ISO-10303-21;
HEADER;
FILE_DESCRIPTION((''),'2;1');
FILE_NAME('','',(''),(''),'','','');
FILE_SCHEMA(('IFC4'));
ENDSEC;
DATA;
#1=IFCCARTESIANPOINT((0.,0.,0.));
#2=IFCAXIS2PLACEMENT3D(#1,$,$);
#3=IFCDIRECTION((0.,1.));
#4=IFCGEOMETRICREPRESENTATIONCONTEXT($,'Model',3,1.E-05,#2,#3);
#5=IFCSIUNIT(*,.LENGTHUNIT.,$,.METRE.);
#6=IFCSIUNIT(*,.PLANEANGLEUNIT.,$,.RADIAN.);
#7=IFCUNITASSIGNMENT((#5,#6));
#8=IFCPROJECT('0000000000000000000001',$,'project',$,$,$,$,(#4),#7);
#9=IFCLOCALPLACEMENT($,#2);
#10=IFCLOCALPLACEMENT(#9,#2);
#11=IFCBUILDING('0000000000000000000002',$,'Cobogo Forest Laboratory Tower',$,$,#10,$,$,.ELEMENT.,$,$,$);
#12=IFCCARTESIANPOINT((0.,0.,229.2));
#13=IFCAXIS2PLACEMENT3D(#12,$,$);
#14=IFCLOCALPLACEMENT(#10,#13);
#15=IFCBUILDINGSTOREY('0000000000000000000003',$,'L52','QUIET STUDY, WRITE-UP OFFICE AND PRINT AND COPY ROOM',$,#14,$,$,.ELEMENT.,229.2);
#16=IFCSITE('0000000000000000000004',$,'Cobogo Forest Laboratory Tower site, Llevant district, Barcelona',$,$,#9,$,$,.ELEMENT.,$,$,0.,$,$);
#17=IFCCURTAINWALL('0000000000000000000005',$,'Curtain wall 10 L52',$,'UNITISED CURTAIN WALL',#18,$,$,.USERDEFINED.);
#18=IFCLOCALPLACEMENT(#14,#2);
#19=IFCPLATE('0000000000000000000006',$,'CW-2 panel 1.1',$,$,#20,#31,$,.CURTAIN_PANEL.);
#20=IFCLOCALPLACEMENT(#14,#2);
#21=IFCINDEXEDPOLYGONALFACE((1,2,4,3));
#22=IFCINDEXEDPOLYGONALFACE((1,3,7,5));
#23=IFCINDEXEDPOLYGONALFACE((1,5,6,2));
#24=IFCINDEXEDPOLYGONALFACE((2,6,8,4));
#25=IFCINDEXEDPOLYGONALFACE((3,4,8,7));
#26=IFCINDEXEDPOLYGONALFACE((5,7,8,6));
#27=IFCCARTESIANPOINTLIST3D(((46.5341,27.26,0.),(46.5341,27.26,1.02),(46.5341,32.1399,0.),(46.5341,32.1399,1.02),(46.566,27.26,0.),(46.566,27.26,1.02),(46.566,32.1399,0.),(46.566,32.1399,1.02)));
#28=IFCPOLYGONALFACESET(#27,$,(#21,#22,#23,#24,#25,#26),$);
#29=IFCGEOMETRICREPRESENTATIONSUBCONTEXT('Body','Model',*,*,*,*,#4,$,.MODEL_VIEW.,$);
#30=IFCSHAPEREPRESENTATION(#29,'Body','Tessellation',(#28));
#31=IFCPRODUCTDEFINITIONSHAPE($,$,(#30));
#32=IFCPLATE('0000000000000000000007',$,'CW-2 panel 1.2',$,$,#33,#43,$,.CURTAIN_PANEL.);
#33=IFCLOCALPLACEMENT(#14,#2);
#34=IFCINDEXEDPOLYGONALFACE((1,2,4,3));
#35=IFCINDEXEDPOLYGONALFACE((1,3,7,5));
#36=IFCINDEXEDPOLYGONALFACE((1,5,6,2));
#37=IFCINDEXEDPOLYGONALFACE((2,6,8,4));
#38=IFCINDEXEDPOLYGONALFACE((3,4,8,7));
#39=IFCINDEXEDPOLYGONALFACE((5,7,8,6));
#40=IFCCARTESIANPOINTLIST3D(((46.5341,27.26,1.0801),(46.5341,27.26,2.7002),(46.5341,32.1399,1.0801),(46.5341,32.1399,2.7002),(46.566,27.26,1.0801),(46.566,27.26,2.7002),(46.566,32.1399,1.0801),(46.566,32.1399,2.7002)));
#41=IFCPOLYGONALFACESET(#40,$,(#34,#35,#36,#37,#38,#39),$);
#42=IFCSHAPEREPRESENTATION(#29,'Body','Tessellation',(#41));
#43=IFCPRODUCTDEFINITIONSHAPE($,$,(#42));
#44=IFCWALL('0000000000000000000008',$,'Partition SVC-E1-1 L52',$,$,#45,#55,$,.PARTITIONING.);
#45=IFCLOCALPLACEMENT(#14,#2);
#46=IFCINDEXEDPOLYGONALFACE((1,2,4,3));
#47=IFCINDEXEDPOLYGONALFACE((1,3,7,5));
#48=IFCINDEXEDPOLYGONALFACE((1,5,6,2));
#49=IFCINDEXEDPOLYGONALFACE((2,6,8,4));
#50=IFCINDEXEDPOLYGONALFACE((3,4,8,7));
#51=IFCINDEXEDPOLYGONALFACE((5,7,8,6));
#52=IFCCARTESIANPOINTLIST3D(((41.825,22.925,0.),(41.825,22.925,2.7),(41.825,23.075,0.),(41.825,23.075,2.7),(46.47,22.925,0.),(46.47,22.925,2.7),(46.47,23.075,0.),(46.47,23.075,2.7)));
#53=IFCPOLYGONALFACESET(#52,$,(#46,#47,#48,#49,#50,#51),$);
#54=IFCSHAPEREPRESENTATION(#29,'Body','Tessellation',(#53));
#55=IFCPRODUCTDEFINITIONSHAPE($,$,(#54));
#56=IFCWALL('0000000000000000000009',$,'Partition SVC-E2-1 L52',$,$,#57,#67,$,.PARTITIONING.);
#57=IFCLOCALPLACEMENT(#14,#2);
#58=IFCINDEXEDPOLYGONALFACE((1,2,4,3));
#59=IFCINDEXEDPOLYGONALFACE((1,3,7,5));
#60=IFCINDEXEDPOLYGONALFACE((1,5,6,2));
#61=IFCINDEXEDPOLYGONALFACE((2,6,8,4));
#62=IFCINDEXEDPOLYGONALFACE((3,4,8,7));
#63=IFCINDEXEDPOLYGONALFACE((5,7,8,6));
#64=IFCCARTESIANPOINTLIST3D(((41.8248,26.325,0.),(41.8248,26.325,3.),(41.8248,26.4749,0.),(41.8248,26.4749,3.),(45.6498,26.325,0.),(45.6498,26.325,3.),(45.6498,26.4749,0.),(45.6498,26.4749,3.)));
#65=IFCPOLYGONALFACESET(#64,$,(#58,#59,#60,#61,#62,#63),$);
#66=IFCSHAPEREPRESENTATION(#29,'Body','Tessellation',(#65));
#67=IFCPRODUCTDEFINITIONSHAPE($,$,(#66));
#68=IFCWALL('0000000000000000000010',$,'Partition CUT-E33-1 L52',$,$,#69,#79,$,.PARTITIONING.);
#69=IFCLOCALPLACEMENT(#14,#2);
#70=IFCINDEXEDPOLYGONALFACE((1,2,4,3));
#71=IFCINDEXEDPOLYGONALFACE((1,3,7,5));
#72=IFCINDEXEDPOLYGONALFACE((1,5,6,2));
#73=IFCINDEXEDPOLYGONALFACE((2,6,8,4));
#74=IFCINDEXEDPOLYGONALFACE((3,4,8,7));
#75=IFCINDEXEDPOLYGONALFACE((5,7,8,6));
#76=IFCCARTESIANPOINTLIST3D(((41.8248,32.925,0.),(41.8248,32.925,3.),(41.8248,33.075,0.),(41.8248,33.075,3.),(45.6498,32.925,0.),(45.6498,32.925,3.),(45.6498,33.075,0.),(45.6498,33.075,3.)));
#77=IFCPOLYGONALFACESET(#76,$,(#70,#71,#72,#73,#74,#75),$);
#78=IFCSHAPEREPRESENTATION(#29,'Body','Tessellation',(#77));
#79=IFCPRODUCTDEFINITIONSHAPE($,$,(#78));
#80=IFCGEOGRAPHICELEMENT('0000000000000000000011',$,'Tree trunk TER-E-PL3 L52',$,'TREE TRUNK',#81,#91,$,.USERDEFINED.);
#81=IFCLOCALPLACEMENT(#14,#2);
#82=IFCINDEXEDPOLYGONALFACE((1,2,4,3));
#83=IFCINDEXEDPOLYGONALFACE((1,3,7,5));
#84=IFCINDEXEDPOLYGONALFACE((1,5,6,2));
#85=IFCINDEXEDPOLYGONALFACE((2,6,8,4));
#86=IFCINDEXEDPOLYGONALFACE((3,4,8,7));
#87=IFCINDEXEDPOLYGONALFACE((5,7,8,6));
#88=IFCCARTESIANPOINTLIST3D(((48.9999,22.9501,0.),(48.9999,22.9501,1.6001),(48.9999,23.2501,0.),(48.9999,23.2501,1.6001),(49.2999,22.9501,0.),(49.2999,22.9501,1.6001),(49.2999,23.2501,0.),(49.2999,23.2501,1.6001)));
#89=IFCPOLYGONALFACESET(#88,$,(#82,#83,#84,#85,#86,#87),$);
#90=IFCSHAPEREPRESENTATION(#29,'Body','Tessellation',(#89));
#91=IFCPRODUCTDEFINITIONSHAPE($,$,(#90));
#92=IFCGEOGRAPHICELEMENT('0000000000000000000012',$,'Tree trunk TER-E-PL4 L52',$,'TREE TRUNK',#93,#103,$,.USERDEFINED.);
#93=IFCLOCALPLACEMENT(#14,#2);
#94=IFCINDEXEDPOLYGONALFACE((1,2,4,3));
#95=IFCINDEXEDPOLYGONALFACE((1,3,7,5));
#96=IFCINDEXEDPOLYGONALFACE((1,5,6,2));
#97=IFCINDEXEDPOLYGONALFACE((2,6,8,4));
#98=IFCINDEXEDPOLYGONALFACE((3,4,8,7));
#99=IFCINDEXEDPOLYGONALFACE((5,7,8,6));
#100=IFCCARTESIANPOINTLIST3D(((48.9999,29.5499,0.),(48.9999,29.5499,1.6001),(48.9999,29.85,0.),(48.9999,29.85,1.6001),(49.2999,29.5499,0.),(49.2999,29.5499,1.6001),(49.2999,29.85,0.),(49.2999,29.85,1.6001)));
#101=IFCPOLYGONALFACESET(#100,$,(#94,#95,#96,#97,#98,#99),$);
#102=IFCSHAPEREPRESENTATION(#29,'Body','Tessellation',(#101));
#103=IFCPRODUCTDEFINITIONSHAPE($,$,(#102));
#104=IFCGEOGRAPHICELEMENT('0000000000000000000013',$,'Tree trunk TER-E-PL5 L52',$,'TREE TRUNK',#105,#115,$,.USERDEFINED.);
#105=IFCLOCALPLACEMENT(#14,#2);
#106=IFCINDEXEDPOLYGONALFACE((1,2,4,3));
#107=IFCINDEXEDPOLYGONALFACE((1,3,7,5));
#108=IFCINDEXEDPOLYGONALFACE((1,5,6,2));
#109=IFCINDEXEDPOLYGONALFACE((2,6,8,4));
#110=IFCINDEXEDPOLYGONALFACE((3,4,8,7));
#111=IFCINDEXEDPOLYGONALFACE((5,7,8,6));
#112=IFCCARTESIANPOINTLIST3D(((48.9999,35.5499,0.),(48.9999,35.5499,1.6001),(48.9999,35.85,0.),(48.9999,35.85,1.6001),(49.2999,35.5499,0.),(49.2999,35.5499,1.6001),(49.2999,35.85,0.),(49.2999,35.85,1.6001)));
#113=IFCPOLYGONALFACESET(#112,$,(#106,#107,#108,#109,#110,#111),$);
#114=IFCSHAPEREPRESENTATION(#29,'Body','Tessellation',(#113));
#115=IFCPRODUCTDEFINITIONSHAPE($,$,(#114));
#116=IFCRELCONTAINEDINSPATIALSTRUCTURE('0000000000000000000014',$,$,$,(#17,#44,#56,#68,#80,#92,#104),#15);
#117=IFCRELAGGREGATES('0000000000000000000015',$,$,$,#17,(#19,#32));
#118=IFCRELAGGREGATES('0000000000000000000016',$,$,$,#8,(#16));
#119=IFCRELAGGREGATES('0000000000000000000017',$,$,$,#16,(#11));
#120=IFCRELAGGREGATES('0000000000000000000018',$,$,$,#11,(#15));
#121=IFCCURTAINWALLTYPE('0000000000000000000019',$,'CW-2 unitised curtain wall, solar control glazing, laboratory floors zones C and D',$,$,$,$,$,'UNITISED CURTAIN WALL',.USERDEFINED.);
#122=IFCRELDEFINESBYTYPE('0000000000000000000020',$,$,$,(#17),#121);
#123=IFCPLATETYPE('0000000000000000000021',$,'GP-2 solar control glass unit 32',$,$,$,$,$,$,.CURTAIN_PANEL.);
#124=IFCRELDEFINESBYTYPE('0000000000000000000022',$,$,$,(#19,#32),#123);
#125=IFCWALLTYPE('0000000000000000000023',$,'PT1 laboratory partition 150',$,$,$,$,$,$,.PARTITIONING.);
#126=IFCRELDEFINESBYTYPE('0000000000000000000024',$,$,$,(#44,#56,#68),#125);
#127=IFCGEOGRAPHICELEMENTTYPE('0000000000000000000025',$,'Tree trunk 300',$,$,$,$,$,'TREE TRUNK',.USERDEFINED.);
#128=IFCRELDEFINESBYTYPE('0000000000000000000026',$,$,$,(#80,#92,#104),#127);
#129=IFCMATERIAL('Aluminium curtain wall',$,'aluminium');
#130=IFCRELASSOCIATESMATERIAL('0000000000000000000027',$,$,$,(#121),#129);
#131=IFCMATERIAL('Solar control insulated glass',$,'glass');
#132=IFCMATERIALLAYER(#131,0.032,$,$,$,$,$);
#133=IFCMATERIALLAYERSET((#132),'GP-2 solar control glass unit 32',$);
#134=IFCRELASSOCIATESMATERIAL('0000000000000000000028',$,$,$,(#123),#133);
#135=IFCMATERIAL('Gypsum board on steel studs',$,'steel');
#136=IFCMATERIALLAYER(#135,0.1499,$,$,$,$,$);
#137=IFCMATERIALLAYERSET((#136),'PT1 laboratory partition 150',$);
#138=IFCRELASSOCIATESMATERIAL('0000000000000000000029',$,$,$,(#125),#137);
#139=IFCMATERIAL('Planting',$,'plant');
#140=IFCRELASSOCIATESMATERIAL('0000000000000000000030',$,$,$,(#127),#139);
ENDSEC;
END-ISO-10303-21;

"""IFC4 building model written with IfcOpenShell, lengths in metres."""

from ifc_helpers import new_model, si_unit, direction, frame, frame_2d, origin, origin_2d, place, context, subcontext, project, spatial, rectangle, extrude, material, layer, layer_set, type_object, element, aggregate, save


model = new_model("IFC4")

# Units and contexts
model_context = context("Model", 3, precision=1e-05, world=origin(), true_north=direction((0.0, 1.0)))
body_context = subcontext(model_context, "Body", "Model", "MODEL_VIEW")
ifc_project = project(units=[si_unit("LENGTHUNIT", "METRE"), si_unit("PLANEANGLEUNIT", "RADIAN")], contexts=[model_context])

# Site, building, storey
site_placement = place(None, origin())
site = spatial("IfcSite", under=ifc_project, at=site_placement, Name="Cobogo Forest Laboratory Tower site, Llevant district, Barcelona", CompositionType="ELEMENT", RefElevation=0.0)
building_placement = place(site_placement, origin())
building = spatial("IfcBuilding", under=site, at=building_placement, Name="Cobogo Forest Laboratory Tower", CompositionType="ELEMENT")
storey_placement = place(building_placement, frame((0.0, 0.0, 229.2)))
storey = spatial("IfcBuildingStorey", under=building, at=storey_placement, Name="L52", Description="QUIET STUDY, WRITE-UP OFFICE AND PRINT AND COPY ROOM", CompositionType="ELEMENT", Elevation=229.2)

# Curtain wall
ifc_material_1 = material(Name="Aluminium curtain wall", Category="aluminium")
curtain_wall_type = type_object("IfcCurtainWallType", Name="CW-2 unitised curtain wall, solar control glazing, laboratory floors zones C and D", ElementType="UNITISED CURTAIN WALL", PredefinedType="USERDEFINED", material=ifc_material_1)
curtain_wall_1_placement = place(storey_placement, origin())
curtain_wall_1 = element("IfcCurtainWall", 1, at=curtain_wall_1_placement, inside=storey, type_object=curtain_wall_type, Name="Curtain wall 10 L52", ObjectType="UNITISED CURTAIN WALL", PredefinedType="USERDEFINED")

# Plates
ifc_material_2 = material(Name="Solar control insulated glass", Category="glass")
ifc_layer_1 = layer(ifc_material_2, 0.032)
ifc_layer_set_1 = layer_set([ifc_layer_1], Name="GP-2 solar control glass unit 32")
plate_type_1 = type_object("IfcPlateType", Name="GP-2 solar control glass unit 32", PredefinedType="CURTAIN_PANEL", material=ifc_layer_set_1)
plate_1_placement = place(storey_placement, frame((46.55, 29.7, 0.0), z_axis=(0.0, 0.0, 1.0), x_axis=(0.0, 1.0, 0.0)))
plate_1 = element("IfcPlate", 2, at=plate_1_placement, type_object=plate_type_1, Name="CW-2 panel 1.1", PredefinedType="CURTAIN_PANEL", context=body_context, shape_type="SweptSolid", body=[
    extrude(rectangle(XDim=4.8799, YDim=0.032, at=origin_2d()), origin(), (0.0, 0.0, 1.0), 1.02),
])
plate_2_placement = place(storey_placement, frame((46.55, 29.7, 1.0801), z_axis=(0.0, 0.0, 1.0), x_axis=(0.0, 1.0, 0.0)))
plate_2 = element("IfcPlate", 3, at=plate_2_placement, type_object=plate_type_1, Name="CW-2 panel 1.2", PredefinedType="CURTAIN_PANEL", context=body_context, shape_type="SweptSolid", body=[
    extrude(rectangle(XDim=4.8799, YDim=0.032, at=origin_2d()), origin(), (0.0, 0.0, 1.0), 1.6201),
])
aggregate(curtain_wall_1, [plate_1, plate_2])

# Walls
ifc_material_3 = material(Name="Gypsum board on steel studs", Category="steel")
ifc_layer_2 = layer(ifc_material_3, 0.1499)
ifc_layer_set_2 = layer_set([ifc_layer_2], Name="PT1 laboratory partition 150")
wall_type_1 = type_object("IfcWallType", Name="PT1 laboratory partition 150", PredefinedType="PARTITIONING", material=ifc_layer_set_2)
wall_1_placement = place(storey_placement, frame((46.47, 23.0, 0.0), z_axis=(0.0, 0.0, 1.0), x_axis=(-1.0, 0.0, 0.0)))
element("IfcWall", 4, at=wall_1_placement, inside=storey, type_object=wall_type_1, Name="Partition SVC-E1-1 L52", PredefinedType="PARTITIONING", context=body_context, shape_type="SweptSolid", body=[
    extrude(rectangle(XDim=4.645, YDim=0.1499, at=frame_2d((2.3225, 0.0))), origin(), (0.0, 0.0, 1.0), 2.7),
])
for number, where, z_axis, x_axis, name in (
    (5, (45.6499, 26.3999, 0.0), (0.0, 0.0, 1.0), (-1.0, 0.0, 0.0), "Partition SVC-E2-1 L52"),
    (6, (45.6499, 33.0, 0.0), (0.0, 0.0, 1.0), (-1.0, 0.0, 0.0), "Partition CUT-E33-1 L52"),
):
    element("IfcWall", number, at=place(storey_placement, frame(where, z_axis=z_axis, x_axis=x_axis)), inside=storey, type_object=wall_type_1, Name=name, PredefinedType="PARTITIONING", context=body_context, shape_type="SweptSolid", body=[
        extrude(rectangle(XDim=3.825, YDim=0.1499, at=frame_2d((1.9126, 0.0))), origin(), (0.0, 0.0, 1.0), 3.0),
    ])

# Geographic elements
ifc_material_4 = material(Name="Planting", Category="plant")
geographic_element_type = type_object("IfcGeographicElementType", Name="Tree trunk 300", ElementType="TREE TRUNK", PredefinedType="USERDEFINED", material=ifc_material_4)
for number, where, z_axis, x_axis, name in (
    (7, (49.1499, 23.1001, 0.0), (0.0, 0.0, 1.0), (1.0, 0.0, 0.0), "Tree trunk TER-E-PL3 L52"),
    (8, (49.1499, 29.7, 0.0), (0.0, 0.0, 1.0), (1.0, 0.0, 0.0), "Tree trunk TER-E-PL4 L52"),
    (9, (49.1499, 35.7, 0.0), (0.0, 0.0, 1.0), (1.0, 0.0, 0.0), "Tree trunk TER-E-PL5 L52"),
):
    element("IfcGeographicElement", number, at=place(storey_placement, frame(where, z_axis=z_axis, x_axis=x_axis)), inside=storey, type_object=geographic_element_type, Name=name, ObjectType="TREE TRUNK", PredefinedType="USERDEFINED", context=body_context, shape_type="SweptSolid", body=[
        extrude(rectangle(XDim=0.3, YDim=0.3, at=origin_2d()), origin(), (0.0, 0.0, 1.0), 1.6001),
    ])

save(model, "model.ifc")
